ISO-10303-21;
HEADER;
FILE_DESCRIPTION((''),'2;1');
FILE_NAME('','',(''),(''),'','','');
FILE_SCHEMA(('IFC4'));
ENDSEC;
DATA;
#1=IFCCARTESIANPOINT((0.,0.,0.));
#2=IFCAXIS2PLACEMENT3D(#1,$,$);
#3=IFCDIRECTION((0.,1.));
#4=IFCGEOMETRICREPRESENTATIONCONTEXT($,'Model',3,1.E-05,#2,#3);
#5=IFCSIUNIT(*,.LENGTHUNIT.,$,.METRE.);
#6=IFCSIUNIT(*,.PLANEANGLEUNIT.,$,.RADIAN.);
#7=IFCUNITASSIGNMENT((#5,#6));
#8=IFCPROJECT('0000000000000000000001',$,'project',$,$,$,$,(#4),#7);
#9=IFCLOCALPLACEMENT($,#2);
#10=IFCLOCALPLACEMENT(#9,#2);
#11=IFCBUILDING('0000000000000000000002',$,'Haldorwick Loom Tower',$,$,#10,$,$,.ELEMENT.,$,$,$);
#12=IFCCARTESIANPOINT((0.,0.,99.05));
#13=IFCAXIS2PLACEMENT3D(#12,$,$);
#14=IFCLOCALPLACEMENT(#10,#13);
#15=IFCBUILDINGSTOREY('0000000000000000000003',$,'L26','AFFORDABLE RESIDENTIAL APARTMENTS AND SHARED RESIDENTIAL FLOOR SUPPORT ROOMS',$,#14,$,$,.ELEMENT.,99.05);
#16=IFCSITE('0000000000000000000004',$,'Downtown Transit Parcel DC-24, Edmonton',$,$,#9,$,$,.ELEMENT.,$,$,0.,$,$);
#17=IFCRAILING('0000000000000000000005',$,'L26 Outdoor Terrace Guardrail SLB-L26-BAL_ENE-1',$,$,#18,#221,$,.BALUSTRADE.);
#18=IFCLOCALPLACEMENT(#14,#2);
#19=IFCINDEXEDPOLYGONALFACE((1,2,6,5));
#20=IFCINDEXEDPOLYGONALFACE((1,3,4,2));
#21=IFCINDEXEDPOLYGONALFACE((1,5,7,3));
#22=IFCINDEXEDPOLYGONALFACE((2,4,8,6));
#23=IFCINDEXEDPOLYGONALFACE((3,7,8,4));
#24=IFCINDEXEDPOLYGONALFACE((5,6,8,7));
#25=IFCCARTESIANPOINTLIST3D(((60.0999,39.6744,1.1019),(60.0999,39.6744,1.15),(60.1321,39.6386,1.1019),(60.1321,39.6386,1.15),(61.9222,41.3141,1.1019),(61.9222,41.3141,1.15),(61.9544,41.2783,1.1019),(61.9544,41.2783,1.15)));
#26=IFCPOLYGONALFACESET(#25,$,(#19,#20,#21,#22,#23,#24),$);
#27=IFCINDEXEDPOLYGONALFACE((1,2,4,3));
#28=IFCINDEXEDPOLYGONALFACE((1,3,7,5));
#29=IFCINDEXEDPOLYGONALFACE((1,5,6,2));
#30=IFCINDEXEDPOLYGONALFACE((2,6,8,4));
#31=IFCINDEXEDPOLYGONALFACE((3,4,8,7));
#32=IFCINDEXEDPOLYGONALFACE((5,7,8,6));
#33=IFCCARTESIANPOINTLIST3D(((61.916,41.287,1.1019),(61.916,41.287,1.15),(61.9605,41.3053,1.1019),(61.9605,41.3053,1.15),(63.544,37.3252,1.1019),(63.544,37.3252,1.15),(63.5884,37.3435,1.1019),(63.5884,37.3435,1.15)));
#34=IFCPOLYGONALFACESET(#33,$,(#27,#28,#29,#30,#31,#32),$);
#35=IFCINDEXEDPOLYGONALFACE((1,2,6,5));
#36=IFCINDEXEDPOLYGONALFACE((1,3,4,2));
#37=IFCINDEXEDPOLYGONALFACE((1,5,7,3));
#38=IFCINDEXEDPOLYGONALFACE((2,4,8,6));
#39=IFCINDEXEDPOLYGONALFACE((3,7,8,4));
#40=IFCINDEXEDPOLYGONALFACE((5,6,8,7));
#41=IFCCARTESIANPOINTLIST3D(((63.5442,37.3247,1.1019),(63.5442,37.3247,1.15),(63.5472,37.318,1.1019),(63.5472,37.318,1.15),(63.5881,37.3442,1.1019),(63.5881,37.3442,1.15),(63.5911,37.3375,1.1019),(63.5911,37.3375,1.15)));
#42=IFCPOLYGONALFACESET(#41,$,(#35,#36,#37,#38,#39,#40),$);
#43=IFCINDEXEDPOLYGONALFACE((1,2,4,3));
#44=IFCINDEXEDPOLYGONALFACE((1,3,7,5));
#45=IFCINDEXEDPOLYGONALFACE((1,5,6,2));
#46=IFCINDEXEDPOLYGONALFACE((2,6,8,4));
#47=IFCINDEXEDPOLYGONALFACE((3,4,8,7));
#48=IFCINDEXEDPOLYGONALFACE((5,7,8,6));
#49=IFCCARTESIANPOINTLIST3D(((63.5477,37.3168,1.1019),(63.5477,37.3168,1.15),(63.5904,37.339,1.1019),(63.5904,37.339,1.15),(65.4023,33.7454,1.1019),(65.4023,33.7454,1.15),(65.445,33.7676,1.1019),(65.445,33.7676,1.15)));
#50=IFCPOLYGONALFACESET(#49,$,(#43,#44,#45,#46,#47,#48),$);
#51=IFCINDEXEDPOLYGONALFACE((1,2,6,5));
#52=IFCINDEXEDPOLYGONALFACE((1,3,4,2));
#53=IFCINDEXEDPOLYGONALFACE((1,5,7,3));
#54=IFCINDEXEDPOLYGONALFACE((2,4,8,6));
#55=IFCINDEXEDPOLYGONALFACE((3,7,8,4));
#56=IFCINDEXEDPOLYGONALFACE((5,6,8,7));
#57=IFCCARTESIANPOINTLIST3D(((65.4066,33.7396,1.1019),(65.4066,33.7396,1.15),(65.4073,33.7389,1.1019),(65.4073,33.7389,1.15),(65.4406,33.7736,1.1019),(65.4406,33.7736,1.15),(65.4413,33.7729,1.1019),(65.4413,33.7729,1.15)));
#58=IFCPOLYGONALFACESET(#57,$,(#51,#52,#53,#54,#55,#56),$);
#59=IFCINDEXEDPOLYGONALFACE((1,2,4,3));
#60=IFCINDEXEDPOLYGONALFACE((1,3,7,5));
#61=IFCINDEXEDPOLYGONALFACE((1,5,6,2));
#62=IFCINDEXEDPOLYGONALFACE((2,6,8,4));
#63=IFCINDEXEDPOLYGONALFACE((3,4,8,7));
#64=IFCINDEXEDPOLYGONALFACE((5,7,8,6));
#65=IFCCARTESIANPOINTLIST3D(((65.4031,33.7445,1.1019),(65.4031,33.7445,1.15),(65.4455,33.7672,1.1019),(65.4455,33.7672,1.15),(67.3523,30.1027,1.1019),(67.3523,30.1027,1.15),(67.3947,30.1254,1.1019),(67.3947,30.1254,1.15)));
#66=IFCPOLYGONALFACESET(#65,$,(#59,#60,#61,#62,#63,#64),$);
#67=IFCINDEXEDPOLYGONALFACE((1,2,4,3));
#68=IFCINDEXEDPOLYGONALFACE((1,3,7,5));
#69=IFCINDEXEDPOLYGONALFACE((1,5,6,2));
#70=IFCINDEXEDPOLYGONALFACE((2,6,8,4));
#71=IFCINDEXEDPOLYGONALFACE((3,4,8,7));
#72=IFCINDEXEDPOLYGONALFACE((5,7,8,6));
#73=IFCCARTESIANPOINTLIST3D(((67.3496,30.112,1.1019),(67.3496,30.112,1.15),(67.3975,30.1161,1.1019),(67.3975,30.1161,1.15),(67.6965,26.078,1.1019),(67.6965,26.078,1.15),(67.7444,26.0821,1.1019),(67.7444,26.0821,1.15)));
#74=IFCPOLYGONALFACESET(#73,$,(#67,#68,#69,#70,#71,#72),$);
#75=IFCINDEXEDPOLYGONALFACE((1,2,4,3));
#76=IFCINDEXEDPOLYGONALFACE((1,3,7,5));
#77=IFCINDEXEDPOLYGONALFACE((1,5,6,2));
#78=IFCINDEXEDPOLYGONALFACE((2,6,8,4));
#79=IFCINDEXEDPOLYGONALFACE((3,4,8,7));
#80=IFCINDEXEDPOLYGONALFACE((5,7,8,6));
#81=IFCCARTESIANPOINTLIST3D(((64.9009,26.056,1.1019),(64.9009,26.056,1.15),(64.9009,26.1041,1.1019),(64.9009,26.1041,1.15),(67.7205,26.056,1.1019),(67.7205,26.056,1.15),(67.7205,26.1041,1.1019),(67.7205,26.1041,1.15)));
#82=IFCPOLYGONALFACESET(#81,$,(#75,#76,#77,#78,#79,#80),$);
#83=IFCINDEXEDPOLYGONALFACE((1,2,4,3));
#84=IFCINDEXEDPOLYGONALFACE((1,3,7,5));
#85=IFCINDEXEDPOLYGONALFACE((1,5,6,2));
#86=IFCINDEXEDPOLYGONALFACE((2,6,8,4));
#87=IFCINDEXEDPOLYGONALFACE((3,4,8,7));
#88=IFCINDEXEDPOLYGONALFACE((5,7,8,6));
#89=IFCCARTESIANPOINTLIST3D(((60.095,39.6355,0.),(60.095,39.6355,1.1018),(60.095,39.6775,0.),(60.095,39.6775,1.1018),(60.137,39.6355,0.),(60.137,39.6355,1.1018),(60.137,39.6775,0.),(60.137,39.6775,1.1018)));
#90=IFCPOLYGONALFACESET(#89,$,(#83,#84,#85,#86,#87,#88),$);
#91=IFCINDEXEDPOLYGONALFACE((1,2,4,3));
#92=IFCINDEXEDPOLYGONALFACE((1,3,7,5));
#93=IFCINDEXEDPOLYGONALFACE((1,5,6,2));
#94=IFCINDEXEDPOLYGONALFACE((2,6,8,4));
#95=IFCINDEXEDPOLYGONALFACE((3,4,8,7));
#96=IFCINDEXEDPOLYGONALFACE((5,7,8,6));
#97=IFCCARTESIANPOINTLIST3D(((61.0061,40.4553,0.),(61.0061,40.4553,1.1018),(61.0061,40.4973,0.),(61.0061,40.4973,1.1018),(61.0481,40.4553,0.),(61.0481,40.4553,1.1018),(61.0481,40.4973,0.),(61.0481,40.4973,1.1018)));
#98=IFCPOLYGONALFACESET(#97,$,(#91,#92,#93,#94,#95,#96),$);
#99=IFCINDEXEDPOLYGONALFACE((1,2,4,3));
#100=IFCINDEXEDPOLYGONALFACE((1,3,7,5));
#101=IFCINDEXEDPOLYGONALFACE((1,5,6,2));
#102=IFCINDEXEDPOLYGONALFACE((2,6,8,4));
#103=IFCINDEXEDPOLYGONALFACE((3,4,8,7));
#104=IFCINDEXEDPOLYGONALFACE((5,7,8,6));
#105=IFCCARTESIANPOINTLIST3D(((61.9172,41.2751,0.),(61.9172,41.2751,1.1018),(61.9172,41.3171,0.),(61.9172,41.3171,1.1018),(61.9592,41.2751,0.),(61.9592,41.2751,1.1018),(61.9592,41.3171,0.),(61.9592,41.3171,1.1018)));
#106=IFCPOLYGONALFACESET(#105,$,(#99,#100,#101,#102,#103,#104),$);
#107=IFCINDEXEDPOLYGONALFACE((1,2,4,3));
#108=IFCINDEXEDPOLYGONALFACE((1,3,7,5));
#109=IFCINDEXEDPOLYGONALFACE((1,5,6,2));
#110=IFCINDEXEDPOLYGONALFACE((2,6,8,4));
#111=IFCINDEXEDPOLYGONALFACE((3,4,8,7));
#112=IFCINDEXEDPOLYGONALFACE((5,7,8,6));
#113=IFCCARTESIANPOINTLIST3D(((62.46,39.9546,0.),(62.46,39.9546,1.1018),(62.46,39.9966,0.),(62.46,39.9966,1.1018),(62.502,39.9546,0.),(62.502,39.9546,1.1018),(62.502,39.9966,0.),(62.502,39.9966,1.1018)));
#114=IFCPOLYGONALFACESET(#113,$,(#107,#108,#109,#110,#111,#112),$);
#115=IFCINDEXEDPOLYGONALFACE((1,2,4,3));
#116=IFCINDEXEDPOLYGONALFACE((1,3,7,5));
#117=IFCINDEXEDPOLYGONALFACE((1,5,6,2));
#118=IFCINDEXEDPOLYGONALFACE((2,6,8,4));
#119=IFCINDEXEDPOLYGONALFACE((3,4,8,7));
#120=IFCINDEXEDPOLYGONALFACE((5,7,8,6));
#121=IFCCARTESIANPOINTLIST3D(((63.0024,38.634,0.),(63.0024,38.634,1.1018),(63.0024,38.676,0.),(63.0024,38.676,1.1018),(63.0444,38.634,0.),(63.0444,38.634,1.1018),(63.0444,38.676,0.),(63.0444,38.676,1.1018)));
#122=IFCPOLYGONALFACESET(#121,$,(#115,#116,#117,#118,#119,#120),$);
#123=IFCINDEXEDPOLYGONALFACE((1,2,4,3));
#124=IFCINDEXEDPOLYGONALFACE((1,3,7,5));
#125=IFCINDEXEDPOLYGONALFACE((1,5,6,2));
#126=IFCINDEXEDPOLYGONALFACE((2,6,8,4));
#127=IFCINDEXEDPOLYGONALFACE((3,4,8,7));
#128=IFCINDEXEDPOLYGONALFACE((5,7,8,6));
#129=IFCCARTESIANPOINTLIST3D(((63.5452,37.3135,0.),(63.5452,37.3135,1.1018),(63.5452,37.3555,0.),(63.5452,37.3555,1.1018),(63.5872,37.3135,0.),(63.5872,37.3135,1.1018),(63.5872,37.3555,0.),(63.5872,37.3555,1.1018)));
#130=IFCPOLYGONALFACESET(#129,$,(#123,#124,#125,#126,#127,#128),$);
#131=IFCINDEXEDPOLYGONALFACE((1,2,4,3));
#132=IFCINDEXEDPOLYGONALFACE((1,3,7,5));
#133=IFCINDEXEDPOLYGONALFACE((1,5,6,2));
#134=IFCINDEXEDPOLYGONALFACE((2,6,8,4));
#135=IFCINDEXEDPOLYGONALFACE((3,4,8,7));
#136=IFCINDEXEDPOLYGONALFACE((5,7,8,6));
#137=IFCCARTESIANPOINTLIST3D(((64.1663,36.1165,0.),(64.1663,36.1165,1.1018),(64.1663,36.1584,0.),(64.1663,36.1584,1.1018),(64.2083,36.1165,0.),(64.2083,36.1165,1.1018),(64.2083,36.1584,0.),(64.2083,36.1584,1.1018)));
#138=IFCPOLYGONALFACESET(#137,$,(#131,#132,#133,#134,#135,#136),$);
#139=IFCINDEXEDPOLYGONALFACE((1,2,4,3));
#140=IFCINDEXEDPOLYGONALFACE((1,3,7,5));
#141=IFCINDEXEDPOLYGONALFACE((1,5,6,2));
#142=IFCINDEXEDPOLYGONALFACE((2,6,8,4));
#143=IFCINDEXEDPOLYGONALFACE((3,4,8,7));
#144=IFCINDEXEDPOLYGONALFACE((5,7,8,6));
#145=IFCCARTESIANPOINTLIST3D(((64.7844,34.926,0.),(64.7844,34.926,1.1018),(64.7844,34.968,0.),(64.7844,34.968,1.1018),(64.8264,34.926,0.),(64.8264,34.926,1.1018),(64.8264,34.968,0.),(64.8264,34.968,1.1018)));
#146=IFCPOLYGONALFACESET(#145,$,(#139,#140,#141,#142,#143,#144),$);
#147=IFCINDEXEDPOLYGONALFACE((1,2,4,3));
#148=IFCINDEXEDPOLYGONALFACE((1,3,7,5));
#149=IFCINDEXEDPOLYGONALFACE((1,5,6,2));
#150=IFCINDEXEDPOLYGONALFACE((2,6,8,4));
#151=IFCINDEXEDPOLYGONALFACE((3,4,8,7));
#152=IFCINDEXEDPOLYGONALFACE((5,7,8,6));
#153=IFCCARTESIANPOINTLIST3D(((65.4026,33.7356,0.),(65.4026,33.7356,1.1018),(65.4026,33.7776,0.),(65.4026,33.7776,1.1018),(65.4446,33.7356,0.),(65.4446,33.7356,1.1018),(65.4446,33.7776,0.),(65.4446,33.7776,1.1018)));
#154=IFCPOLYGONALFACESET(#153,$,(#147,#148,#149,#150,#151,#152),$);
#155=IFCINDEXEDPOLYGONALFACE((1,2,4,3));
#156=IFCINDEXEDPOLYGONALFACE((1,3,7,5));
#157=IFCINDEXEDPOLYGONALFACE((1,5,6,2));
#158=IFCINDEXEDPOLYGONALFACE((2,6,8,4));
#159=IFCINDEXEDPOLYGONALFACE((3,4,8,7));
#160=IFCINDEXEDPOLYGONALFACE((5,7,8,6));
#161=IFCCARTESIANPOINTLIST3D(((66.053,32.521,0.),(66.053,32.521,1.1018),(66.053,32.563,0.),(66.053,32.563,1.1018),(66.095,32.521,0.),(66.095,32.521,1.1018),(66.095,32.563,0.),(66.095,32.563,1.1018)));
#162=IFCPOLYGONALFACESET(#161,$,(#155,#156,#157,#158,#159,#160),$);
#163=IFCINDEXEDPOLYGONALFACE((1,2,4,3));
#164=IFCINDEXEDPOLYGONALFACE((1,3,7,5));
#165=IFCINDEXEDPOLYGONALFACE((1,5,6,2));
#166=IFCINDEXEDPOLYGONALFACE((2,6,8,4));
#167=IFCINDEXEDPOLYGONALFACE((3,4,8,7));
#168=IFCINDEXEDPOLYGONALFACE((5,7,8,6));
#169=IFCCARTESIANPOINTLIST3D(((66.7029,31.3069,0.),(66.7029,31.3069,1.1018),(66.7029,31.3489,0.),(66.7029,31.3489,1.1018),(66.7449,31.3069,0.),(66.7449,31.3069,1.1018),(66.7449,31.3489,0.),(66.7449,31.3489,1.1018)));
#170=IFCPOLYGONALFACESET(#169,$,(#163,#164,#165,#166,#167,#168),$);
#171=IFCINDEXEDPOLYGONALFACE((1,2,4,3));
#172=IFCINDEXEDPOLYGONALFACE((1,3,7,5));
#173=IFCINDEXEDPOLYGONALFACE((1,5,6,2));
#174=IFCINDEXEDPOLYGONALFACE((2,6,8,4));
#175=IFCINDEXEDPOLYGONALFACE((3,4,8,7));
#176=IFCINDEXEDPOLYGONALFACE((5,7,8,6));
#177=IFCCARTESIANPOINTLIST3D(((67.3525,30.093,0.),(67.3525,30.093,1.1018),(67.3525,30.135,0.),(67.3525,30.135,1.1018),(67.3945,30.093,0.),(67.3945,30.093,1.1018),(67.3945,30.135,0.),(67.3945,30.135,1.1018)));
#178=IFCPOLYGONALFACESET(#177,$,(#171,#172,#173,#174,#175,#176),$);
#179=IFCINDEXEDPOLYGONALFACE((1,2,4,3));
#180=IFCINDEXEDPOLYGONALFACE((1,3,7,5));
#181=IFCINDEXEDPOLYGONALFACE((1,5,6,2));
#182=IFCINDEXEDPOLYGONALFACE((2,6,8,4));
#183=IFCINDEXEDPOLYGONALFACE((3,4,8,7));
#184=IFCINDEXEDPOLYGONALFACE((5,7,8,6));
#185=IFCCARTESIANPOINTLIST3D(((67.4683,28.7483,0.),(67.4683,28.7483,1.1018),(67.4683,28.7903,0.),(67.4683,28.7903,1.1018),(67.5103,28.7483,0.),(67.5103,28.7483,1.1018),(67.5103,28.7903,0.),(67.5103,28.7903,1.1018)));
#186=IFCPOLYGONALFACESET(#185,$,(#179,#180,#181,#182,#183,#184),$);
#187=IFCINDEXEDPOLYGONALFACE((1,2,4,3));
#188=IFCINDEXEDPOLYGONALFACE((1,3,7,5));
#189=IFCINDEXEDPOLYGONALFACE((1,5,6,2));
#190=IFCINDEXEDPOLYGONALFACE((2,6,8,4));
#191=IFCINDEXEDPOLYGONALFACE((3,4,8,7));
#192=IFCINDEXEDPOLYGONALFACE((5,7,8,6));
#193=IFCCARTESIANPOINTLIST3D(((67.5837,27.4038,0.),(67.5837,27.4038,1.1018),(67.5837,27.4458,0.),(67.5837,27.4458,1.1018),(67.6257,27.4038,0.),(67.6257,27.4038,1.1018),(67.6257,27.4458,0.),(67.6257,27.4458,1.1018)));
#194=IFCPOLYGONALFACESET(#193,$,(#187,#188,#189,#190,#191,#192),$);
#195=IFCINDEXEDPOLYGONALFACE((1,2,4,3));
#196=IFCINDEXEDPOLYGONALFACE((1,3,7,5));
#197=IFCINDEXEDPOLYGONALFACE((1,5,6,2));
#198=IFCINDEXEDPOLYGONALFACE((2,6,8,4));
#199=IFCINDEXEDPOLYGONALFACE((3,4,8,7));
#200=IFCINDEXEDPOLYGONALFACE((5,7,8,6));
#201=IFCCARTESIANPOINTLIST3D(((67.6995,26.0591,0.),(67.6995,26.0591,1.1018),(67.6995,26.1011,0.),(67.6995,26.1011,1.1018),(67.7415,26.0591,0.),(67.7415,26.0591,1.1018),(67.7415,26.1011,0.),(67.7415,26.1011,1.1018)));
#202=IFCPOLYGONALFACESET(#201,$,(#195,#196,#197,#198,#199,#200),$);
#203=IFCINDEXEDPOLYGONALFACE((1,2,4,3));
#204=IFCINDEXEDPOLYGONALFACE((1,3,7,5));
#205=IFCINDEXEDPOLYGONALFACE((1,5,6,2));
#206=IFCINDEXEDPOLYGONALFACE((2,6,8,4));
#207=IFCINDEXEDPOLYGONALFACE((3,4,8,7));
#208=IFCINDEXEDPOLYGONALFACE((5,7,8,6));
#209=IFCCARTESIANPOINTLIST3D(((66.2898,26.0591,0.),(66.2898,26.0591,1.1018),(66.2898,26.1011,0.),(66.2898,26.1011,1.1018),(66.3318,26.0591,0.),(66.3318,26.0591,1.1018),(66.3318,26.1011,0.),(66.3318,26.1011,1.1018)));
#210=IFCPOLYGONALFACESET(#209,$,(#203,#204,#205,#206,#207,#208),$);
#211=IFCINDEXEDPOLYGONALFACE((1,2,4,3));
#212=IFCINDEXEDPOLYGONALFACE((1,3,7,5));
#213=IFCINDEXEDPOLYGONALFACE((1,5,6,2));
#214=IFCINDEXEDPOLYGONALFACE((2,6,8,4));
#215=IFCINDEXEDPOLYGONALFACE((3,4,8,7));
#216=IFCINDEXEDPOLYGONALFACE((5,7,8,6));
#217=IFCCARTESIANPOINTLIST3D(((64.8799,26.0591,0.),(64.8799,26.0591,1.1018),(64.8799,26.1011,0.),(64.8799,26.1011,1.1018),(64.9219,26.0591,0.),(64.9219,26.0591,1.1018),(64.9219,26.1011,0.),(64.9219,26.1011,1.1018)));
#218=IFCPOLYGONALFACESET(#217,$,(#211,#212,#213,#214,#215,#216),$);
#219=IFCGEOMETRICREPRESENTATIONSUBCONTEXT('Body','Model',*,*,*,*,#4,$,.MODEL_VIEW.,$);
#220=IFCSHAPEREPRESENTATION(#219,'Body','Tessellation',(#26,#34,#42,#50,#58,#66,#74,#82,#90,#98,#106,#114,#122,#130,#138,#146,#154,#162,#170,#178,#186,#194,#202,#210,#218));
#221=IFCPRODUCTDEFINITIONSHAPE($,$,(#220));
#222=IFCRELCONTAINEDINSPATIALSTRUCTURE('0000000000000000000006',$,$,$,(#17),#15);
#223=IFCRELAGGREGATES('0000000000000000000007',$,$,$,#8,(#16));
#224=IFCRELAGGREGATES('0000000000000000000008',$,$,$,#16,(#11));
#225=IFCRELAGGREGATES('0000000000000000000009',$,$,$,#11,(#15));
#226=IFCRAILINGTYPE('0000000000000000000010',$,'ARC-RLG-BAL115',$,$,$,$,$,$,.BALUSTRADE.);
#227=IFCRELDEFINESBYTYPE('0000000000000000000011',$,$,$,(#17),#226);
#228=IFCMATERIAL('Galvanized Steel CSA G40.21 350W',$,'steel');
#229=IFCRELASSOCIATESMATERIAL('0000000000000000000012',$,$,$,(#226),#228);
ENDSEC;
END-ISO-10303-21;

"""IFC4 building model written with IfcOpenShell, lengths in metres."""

from ifc_helpers import new_model, si_unit, direction, frame, origin, origin_2d, place, context, subcontext, project, spatial, rectangle, extrude, material, type_object, element, save


model = new_model("IFC4")

# Units and contexts
model_context = context("Model", 3, precision=1e-05, world=origin(), true_north=direction((0.0, 1.0)))
body_context = subcontext(model_context, "Body", "Model", "MODEL_VIEW")
ifc_project = project(units=[si_unit("LENGTHUNIT", "METRE"), si_unit("PLANEANGLEUNIT", "RADIAN")], contexts=[model_context])

# Site, building, storey
site_placement = place(None, origin())
site = spatial("IfcSite", under=ifc_project, at=site_placement, Name="Downtown Transit Parcel DC-24, Edmonton", CompositionType="ELEMENT", RefElevation=0.0)
building_placement = place(site_placement, origin())
building = spatial("IfcBuilding", under=site, at=building_placement, Name="Haldorwick Loom Tower", CompositionType="ELEMENT")
storey_placement = place(building_placement, frame((0.0, 0.0, 99.05)))
storey = spatial("IfcBuildingStorey", under=building, at=storey_placement, Name="L26", Description="AFFORDABLE RESIDENTIAL APARTMENTS AND SHARED RESIDENTIAL FLOOR SUPPORT ROOMS", CompositionType="ELEMENT", Elevation=99.05)

# Railing
ifc_material_1 = material(Name="Galvanized Steel CSA G40.21 350W", Category="steel")
railing_type_1 = type_object("IfcRailingType", Name="ARC-RLG-BAL115", PredefinedType="BALUSTRADE", material=ifc_material_1)
railing_1_placement = place(storey_placement, frame((60.116, 39.6565, 0.0)))
element("IfcRailing", 1, at=railing_1_placement, inside=storey, type_object=railing_type_1, Name="L26 Outdoor Terrace Guardrail SLB-L26-BAL_ENE-1", PredefinedType="BALUSTRADE", context=body_context, shape_type="SweptSolid", body=[
    extrude(rectangle(XDim=0.0481, YDim=0.0481, at=origin_2d()), frame((0.0, 0.0, 1.126), z_axis=(0.743373, 0.668877, 0.0), x_axis=(-0.668877, 0.743373, 0.0)), (0.0, 0.0, 1.0), 2.4514),
    extrude(rectangle(XDim=0.0481, YDim=0.0481, at=origin_2d()), frame((1.8223, 1.6396, 1.126), z_axis=(0.380082, -0.924953, 0.0), x_axis=(0.924953, 0.380082, 0.0)), (0.0, 0.0, 1.0), 4.2832),
    extrude(rectangle(XDim=0.0481, YDim=0.0481, at=origin_2d()), frame((3.4502, -2.322, 1.126), z_axis=(0.406138, -0.913812, 0.0), x_axis=(0.913812, 0.406138, 0.0)), (0.0, 0.0, 1.0), 0.0073),
    extrude(rectangle(XDim=0.0481, YDim=0.0481, at=origin_2d()), frame((3.4531, -2.3286, 1.126), z_axis=(0.460848, -0.887479, 0.0), x_axis=(0.887479, 0.460848, 0.0)), (0.0, 0.0, 1.0), 4.0242),
    extrude(rectangle(XDim=0.0481, YDim=0.0481, at=origin_2d()), frame((5.3076, -5.8999, 1.126), z_axis=(0.707107, -0.707107, 0.0), x_axis=(0.707107, 0.707107, 0.0)), (0.0, 0.0, 1.0), 0.001),
    extrude(rectangle(XDim=0.0481, YDim=0.0481, at=origin_2d()), frame((5.3083, -5.9006, 1.126), z_axis=(0.471888, -0.881658, 0.0), x_axis=(0.881658, 0.471888, 0.0)), (0.0, 0.0, 1.0), 4.1306),
    extrude(rectangle(XDim=0.0481, YDim=0.0481, at=origin_2d()), frame((7.2576, -9.5425, 1.126), z_axis=(0.085685, -0.996322, 0.0), x_axis=(0.996322, 0.085685, 0.0)), (0.0, 0.0, 1.0), 4.0488),
    extrude(rectangle(XDim=0.0481, YDim=0.0481, at=origin_2d()), frame((7.6045, -13.5764, 1.126), z_axis=(-1.0, 0.0, 0.0), x_axis=(0.0, -1.0, 0.0)), (0.0, 0.0, 1.0), 2.8196),
    extrude(rectangle(XDim=0.042, YDim=0.042, at=origin_2d()), origin(), (0.0, 0.0, 1.0), 1.1018),
    extrude(rectangle(XDim=0.042, YDim=0.042, at=origin_2d()), frame((0.9111, 0.8198, 0.0)), (0.0, 0.0, 1.0), 1.1018),
    extrude(rectangle(XDim=0.042, YDim=0.042, at=origin_2d()), frame((1.8223, 1.6396, 0.0)), (0.0, 0.0, 1.0), 1.1018),
    extrude(rectangle(XDim=0.042, YDim=0.042, at=origin_2d()), frame((2.365, 0.3191, 0.0)), (0.0, 0.0, 1.0), 1.1018),
    extrude(rectangle(XDim=0.042, YDim=0.042, at=origin_2d()), frame((2.9075, -1.0015, 0.0)), (0.0, 0.0, 1.0), 1.1018),
    extrude(rectangle(XDim=0.042, YDim=0.042, at=origin_2d()), frame((3.4502, -2.322, 0.0)), (0.0, 0.0, 1.0), 1.1018),
    extrude(rectangle(XDim=0.042, YDim=0.042, at=origin_2d()), frame((4.0713, -3.519, 0.0)), (0.0, 0.0, 1.0), 1.1018),
    extrude(rectangle(XDim=0.042, YDim=0.042, at=origin_2d()), frame((4.6895, -4.7095, 0.0)), (0.0, 0.0, 1.0), 1.1018),
    extrude(rectangle(XDim=0.042, YDim=0.042, at=origin_2d()), frame((5.3076, -5.8999, 0.0)), (0.0, 0.0, 1.0), 1.1018),
    extrude(rectangle(XDim=0.042, YDim=0.042, at=origin_2d()), frame((5.958, -7.1145, 0.0)), (0.0, 0.0, 1.0), 1.1018),
    extrude(rectangle(XDim=0.042, YDim=0.042, at=origin_2d()), frame((6.6079, -8.3286, 0.0)), (0.0, 0.0, 1.0), 1.1018),
    extrude(rectangle(XDim=0.042, YDim=0.042, at=origin_2d()), frame((7.2576, -9.5425, 0.0)), (0.0, 0.0, 1.0), 1.1018),
    extrude(rectangle(XDim=0.042, YDim=0.042, at=origin_2d()), frame((7.3733, -10.8872, 0.0)), (0.0, 0.0, 1.0), 1.1018),
    extrude(rectangle(XDim=0.042, YDim=0.042, at=origin_2d()), frame((7.4888, -12.2317, 0.0)), (0.0, 0.0, 1.0), 1.1018),
    extrude(rectangle(XDim=0.042, YDim=0.042, at=origin_2d()), frame((7.6045, -13.5764, 0.0)), (0.0, 0.0, 1.0), 1.1018),
    extrude(rectangle(XDim=0.042, YDim=0.042, at=origin_2d()), frame((6.1948, -13.5764, 0.0)), (0.0, 0.0, 1.0), 1.1018),
    extrude(rectangle(XDim=0.042, YDim=0.042, at=origin_2d()), frame((4.7849, -13.5764, 0.0)), (0.0, 0.0, 1.0), 1.1018),
])

save(model, "model.ifc")
